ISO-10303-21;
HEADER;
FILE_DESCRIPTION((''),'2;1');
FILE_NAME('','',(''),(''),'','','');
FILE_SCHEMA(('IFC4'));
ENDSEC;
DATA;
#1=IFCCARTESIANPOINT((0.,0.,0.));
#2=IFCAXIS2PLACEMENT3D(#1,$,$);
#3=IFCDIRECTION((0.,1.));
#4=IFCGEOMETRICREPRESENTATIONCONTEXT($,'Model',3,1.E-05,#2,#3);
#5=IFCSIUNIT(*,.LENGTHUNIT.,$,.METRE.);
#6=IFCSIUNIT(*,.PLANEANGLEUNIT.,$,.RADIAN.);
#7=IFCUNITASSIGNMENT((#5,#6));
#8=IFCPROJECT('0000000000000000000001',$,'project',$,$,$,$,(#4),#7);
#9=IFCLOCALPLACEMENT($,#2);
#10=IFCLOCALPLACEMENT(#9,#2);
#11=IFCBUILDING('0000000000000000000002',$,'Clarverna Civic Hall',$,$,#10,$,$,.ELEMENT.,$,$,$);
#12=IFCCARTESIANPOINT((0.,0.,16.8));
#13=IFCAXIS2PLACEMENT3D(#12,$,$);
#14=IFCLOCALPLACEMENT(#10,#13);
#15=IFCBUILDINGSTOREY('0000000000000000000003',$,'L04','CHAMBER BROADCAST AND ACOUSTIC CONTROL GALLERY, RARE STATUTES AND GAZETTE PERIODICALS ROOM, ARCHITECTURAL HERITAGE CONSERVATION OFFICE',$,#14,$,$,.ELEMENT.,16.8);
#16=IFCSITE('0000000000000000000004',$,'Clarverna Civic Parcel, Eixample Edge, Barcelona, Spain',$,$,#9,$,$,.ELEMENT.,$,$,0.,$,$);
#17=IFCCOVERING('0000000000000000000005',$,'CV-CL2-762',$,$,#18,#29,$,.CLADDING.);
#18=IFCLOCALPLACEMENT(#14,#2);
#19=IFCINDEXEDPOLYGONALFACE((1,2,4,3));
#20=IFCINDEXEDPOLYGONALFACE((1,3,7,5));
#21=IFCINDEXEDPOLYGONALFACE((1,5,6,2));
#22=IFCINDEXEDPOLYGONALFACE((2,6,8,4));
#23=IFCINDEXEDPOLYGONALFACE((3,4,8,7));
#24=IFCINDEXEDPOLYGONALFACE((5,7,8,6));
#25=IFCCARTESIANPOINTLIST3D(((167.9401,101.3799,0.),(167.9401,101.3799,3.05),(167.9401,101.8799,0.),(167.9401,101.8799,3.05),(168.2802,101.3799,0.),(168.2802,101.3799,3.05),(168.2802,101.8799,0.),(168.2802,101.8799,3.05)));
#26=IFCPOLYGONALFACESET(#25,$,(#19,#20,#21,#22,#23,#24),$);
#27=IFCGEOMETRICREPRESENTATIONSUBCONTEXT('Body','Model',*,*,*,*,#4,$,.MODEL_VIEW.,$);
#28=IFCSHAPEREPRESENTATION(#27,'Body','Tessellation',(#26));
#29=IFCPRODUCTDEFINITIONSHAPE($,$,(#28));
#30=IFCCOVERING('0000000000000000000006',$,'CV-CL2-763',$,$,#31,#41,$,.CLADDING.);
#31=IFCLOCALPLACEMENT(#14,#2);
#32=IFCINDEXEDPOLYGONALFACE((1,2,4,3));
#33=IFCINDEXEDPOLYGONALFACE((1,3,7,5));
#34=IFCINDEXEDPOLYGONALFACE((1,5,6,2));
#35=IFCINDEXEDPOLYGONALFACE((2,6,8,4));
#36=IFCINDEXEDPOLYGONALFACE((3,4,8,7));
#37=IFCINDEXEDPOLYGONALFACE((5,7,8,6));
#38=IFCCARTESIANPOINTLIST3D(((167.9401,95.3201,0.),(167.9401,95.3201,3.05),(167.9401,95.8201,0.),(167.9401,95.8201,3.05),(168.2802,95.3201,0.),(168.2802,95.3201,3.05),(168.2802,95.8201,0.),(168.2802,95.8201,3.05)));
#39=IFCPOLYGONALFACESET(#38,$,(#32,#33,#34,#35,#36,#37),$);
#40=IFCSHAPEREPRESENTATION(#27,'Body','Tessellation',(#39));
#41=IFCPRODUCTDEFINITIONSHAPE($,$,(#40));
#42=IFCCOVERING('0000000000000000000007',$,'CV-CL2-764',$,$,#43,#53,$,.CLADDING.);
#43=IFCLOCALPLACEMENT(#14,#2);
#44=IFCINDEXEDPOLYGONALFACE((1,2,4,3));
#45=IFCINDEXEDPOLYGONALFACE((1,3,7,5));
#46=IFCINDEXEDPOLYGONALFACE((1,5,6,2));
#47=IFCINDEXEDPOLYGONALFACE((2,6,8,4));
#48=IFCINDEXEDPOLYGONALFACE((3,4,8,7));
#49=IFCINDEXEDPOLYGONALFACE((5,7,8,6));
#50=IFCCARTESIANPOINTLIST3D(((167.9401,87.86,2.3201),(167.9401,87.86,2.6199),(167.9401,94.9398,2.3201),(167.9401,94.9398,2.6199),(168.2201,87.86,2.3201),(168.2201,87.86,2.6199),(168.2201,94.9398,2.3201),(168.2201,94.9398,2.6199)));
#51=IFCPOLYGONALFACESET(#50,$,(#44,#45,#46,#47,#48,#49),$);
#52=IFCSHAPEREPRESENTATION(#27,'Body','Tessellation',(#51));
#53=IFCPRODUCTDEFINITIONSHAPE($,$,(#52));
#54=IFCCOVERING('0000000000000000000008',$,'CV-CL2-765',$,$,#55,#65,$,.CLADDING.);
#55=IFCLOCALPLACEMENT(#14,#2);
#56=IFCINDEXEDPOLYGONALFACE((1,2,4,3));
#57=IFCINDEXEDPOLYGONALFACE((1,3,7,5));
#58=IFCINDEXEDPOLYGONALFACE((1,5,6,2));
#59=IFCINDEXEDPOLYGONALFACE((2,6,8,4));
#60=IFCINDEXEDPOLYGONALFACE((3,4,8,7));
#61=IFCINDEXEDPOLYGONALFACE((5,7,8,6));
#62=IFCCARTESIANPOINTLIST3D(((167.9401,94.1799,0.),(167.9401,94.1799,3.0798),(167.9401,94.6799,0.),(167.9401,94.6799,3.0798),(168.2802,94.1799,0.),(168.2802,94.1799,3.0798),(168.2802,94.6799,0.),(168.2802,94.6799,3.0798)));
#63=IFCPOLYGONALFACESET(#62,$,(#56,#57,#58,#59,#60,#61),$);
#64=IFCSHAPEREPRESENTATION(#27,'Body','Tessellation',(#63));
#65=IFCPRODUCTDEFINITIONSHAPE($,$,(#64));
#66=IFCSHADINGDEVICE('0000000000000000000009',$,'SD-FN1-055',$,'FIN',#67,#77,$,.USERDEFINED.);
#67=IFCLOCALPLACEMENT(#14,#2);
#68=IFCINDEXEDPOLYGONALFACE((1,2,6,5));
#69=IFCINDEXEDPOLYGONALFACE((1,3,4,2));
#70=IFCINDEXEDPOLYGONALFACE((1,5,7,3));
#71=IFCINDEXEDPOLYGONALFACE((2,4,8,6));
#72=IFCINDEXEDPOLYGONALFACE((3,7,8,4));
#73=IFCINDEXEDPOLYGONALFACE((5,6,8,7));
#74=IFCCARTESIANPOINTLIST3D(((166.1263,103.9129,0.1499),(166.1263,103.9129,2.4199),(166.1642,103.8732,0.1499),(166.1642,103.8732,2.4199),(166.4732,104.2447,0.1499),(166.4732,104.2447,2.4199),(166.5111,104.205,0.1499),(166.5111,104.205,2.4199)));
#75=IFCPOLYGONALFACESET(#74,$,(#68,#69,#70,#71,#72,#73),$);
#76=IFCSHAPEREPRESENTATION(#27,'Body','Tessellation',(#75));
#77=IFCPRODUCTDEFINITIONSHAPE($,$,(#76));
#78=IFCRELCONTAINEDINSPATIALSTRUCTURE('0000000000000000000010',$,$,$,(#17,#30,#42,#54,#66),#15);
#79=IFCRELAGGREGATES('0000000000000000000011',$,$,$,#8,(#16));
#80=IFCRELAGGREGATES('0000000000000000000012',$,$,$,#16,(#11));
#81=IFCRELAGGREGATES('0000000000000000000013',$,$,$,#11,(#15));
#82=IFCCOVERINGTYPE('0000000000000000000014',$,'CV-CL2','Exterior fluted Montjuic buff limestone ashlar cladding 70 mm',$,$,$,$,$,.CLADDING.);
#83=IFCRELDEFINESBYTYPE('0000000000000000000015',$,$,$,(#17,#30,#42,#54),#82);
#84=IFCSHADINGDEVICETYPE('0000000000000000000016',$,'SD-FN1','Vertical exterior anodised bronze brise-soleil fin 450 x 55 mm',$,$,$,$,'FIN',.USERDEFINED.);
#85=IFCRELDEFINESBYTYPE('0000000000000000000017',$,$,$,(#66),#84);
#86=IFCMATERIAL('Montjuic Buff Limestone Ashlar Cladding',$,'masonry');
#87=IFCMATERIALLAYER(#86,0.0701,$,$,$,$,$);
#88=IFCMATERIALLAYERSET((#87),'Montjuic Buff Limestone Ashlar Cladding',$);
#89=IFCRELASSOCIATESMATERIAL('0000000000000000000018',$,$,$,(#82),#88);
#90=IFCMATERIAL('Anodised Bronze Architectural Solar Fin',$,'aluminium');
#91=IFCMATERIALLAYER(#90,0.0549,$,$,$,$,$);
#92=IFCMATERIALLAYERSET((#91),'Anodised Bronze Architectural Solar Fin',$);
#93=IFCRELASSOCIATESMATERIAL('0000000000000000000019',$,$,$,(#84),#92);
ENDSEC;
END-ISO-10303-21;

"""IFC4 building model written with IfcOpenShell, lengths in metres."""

from ifc_helpers import new_model, si_unit, direction, frame, frame_2d, origin, place, context, subcontext, project, spatial, rectangle, extrude, material, layer, layer_set, type_object, element, save


model = new_model("IFC4")

# Units and contexts
model_context = context("Model", 3, precision=1e-05, world=origin(), true_north=direction((0.0, 1.0)))
body_context = subcontext(model_context, "Body", "Model", "MODEL_VIEW")
ifc_project = project(units=[si_unit("LENGTHUNIT", "METRE"), si_unit("PLANEANGLEUNIT", "RADIAN")], contexts=[model_context])

# Site, building, storey
site_placement = place(None, origin())
site = spatial("IfcSite", under=ifc_project, at=site_placement, Name="Clarverna Civic Parcel, Eixample Edge, Barcelona, Spain", CompositionType="ELEMENT", RefElevation=0.0)
building_placement = place(site_placement, origin())
building = spatial("IfcBuilding", under=site, at=building_placement, Name="Clarverna Civic Hall", CompositionType="ELEMENT")
storey_placement = place(building_placement, frame((0.0, 0.0, 16.8)))
storey = spatial("IfcBuildingStorey", under=building, at=storey_placement, Name="L04", Description="CHAMBER BROADCAST AND ACOUSTIC CONTROL GALLERY, RARE STATUTES AND GAZETTE PERIODICALS ROOM, ARCHITECTURAL HERITAGE CONSERVATION OFFICE", CompositionType="ELEMENT", Elevation=16.8)

# Coverings
ifc_material_1 = material(Name="Montjuic Buff Limestone Ashlar Cladding", Category="masonry")
ifc_layer_1 = layer(ifc_material_1, 0.0701)
ifc_layer_set_1 = layer_set([ifc_layer_1], Name="Montjuic Buff Limestone Ashlar Cladding")
covering_type = type_object("IfcCoveringType", Name="CV-CL2", Description="Exterior fluted Montjuic buff limestone ashlar cladding 70 mm", PredefinedType="CLADDING", material=ifc_layer_set_1)
for number, where, z_axis, x_axis, name in (
    (1, (168.1101, 101.8799, 0.0), (0.0, 0.0, 1.0), (0.0, -1.0, 0.0), "CV-CL2-762"),
    (2, (168.1101, 95.8201, 0.0), (0.0, 0.0, 1.0), (0.0, -1.0, 0.0), "CV-CL2-763"),
):
    element("IfcCovering", number, at=place(storey_placement, frame(where, z_axis=z_axis, x_axis=x_axis)), inside=storey, type_object=covering_type, Name=name, PredefinedType="CLADDING", context=body_context, shape_type="SweptSolid", body=[
        extrude(rectangle(XDim=0.5, YDim=0.3401, at=frame_2d((0.25, 0.0))), origin(), (0.0, 0.0, 1.0), 3.05),
    ])
covering_1_placement = place(storey_placement, frame((168.0801, 94.9399, 2.3201), z_axis=(0.0, 0.0, 1.0), x_axis=(0.0, -1.0, 0.0)))
element("IfcCovering", 3, at=covering_1_placement, inside=storey, type_object=covering_type, Name="CV-CL2-764", PredefinedType="CLADDING", context=body_context, shape_type="SweptSolid", body=[
    extrude(rectangle(XDim=7.0798, YDim=0.28, at=frame_2d((3.54, 0.0))), origin(), (0.0, 0.0, 1.0), 0.2998),
])
covering_2_placement = place(storey_placement, frame((168.1101, 94.6799, 0.0), z_axis=(0.0, 0.0, 1.0), x_axis=(0.0, -1.0, 0.0)))
element("IfcCovering", 4, at=covering_2_placement, inside=storey, type_object=covering_type, Name="CV-CL2-765", PredefinedType="CLADDING", context=body_context, shape_type="SweptSolid", body=[
    extrude(rectangle(XDim=0.5, YDim=0.3401, at=frame_2d((0.25, 0.0))), origin(), (0.0, 0.0, 1.0), 3.0798),
])

# Shading device
ifc_material_2 = material(Name="Anodised Bronze Architectural Solar Fin", Category="aluminium")
ifc_layer_2 = layer(ifc_material_2, 0.0549)
ifc_layer_set_2 = layer_set([ifc_layer_2], Name="Anodised Bronze Architectural Solar Fin")
shading_device_type = type_object("IfcShadingDeviceType", Name="SD-FN1", Description="Vertical exterior anodised bronze brise-soleil fin 450 x 55 mm", ElementType="FIN", PredefinedType="USERDEFINED", material=ifc_layer_set_2)
shading_device_placement = place(storey_placement, frame((166.1453, 103.8931, 0.1499), z_axis=(0.0, 0.0, 1.0), x_axis=(0.722697, 0.691165, 0.0)))
element("IfcShadingDevice", 5, at=shading_device_placement, inside=storey, type_object=shading_device_type, Name="SD-FN1-055", ObjectType="FIN", PredefinedType="USERDEFINED", context=body_context, shape_type="SweptSolid", body=[
    extrude(rectangle(XDim=0.48, YDim=0.0549, at=frame_2d((0.24, 0.0))), origin(), (0.0, 0.0, 1.0), 2.27),
])

save(model, "model.ifc")
